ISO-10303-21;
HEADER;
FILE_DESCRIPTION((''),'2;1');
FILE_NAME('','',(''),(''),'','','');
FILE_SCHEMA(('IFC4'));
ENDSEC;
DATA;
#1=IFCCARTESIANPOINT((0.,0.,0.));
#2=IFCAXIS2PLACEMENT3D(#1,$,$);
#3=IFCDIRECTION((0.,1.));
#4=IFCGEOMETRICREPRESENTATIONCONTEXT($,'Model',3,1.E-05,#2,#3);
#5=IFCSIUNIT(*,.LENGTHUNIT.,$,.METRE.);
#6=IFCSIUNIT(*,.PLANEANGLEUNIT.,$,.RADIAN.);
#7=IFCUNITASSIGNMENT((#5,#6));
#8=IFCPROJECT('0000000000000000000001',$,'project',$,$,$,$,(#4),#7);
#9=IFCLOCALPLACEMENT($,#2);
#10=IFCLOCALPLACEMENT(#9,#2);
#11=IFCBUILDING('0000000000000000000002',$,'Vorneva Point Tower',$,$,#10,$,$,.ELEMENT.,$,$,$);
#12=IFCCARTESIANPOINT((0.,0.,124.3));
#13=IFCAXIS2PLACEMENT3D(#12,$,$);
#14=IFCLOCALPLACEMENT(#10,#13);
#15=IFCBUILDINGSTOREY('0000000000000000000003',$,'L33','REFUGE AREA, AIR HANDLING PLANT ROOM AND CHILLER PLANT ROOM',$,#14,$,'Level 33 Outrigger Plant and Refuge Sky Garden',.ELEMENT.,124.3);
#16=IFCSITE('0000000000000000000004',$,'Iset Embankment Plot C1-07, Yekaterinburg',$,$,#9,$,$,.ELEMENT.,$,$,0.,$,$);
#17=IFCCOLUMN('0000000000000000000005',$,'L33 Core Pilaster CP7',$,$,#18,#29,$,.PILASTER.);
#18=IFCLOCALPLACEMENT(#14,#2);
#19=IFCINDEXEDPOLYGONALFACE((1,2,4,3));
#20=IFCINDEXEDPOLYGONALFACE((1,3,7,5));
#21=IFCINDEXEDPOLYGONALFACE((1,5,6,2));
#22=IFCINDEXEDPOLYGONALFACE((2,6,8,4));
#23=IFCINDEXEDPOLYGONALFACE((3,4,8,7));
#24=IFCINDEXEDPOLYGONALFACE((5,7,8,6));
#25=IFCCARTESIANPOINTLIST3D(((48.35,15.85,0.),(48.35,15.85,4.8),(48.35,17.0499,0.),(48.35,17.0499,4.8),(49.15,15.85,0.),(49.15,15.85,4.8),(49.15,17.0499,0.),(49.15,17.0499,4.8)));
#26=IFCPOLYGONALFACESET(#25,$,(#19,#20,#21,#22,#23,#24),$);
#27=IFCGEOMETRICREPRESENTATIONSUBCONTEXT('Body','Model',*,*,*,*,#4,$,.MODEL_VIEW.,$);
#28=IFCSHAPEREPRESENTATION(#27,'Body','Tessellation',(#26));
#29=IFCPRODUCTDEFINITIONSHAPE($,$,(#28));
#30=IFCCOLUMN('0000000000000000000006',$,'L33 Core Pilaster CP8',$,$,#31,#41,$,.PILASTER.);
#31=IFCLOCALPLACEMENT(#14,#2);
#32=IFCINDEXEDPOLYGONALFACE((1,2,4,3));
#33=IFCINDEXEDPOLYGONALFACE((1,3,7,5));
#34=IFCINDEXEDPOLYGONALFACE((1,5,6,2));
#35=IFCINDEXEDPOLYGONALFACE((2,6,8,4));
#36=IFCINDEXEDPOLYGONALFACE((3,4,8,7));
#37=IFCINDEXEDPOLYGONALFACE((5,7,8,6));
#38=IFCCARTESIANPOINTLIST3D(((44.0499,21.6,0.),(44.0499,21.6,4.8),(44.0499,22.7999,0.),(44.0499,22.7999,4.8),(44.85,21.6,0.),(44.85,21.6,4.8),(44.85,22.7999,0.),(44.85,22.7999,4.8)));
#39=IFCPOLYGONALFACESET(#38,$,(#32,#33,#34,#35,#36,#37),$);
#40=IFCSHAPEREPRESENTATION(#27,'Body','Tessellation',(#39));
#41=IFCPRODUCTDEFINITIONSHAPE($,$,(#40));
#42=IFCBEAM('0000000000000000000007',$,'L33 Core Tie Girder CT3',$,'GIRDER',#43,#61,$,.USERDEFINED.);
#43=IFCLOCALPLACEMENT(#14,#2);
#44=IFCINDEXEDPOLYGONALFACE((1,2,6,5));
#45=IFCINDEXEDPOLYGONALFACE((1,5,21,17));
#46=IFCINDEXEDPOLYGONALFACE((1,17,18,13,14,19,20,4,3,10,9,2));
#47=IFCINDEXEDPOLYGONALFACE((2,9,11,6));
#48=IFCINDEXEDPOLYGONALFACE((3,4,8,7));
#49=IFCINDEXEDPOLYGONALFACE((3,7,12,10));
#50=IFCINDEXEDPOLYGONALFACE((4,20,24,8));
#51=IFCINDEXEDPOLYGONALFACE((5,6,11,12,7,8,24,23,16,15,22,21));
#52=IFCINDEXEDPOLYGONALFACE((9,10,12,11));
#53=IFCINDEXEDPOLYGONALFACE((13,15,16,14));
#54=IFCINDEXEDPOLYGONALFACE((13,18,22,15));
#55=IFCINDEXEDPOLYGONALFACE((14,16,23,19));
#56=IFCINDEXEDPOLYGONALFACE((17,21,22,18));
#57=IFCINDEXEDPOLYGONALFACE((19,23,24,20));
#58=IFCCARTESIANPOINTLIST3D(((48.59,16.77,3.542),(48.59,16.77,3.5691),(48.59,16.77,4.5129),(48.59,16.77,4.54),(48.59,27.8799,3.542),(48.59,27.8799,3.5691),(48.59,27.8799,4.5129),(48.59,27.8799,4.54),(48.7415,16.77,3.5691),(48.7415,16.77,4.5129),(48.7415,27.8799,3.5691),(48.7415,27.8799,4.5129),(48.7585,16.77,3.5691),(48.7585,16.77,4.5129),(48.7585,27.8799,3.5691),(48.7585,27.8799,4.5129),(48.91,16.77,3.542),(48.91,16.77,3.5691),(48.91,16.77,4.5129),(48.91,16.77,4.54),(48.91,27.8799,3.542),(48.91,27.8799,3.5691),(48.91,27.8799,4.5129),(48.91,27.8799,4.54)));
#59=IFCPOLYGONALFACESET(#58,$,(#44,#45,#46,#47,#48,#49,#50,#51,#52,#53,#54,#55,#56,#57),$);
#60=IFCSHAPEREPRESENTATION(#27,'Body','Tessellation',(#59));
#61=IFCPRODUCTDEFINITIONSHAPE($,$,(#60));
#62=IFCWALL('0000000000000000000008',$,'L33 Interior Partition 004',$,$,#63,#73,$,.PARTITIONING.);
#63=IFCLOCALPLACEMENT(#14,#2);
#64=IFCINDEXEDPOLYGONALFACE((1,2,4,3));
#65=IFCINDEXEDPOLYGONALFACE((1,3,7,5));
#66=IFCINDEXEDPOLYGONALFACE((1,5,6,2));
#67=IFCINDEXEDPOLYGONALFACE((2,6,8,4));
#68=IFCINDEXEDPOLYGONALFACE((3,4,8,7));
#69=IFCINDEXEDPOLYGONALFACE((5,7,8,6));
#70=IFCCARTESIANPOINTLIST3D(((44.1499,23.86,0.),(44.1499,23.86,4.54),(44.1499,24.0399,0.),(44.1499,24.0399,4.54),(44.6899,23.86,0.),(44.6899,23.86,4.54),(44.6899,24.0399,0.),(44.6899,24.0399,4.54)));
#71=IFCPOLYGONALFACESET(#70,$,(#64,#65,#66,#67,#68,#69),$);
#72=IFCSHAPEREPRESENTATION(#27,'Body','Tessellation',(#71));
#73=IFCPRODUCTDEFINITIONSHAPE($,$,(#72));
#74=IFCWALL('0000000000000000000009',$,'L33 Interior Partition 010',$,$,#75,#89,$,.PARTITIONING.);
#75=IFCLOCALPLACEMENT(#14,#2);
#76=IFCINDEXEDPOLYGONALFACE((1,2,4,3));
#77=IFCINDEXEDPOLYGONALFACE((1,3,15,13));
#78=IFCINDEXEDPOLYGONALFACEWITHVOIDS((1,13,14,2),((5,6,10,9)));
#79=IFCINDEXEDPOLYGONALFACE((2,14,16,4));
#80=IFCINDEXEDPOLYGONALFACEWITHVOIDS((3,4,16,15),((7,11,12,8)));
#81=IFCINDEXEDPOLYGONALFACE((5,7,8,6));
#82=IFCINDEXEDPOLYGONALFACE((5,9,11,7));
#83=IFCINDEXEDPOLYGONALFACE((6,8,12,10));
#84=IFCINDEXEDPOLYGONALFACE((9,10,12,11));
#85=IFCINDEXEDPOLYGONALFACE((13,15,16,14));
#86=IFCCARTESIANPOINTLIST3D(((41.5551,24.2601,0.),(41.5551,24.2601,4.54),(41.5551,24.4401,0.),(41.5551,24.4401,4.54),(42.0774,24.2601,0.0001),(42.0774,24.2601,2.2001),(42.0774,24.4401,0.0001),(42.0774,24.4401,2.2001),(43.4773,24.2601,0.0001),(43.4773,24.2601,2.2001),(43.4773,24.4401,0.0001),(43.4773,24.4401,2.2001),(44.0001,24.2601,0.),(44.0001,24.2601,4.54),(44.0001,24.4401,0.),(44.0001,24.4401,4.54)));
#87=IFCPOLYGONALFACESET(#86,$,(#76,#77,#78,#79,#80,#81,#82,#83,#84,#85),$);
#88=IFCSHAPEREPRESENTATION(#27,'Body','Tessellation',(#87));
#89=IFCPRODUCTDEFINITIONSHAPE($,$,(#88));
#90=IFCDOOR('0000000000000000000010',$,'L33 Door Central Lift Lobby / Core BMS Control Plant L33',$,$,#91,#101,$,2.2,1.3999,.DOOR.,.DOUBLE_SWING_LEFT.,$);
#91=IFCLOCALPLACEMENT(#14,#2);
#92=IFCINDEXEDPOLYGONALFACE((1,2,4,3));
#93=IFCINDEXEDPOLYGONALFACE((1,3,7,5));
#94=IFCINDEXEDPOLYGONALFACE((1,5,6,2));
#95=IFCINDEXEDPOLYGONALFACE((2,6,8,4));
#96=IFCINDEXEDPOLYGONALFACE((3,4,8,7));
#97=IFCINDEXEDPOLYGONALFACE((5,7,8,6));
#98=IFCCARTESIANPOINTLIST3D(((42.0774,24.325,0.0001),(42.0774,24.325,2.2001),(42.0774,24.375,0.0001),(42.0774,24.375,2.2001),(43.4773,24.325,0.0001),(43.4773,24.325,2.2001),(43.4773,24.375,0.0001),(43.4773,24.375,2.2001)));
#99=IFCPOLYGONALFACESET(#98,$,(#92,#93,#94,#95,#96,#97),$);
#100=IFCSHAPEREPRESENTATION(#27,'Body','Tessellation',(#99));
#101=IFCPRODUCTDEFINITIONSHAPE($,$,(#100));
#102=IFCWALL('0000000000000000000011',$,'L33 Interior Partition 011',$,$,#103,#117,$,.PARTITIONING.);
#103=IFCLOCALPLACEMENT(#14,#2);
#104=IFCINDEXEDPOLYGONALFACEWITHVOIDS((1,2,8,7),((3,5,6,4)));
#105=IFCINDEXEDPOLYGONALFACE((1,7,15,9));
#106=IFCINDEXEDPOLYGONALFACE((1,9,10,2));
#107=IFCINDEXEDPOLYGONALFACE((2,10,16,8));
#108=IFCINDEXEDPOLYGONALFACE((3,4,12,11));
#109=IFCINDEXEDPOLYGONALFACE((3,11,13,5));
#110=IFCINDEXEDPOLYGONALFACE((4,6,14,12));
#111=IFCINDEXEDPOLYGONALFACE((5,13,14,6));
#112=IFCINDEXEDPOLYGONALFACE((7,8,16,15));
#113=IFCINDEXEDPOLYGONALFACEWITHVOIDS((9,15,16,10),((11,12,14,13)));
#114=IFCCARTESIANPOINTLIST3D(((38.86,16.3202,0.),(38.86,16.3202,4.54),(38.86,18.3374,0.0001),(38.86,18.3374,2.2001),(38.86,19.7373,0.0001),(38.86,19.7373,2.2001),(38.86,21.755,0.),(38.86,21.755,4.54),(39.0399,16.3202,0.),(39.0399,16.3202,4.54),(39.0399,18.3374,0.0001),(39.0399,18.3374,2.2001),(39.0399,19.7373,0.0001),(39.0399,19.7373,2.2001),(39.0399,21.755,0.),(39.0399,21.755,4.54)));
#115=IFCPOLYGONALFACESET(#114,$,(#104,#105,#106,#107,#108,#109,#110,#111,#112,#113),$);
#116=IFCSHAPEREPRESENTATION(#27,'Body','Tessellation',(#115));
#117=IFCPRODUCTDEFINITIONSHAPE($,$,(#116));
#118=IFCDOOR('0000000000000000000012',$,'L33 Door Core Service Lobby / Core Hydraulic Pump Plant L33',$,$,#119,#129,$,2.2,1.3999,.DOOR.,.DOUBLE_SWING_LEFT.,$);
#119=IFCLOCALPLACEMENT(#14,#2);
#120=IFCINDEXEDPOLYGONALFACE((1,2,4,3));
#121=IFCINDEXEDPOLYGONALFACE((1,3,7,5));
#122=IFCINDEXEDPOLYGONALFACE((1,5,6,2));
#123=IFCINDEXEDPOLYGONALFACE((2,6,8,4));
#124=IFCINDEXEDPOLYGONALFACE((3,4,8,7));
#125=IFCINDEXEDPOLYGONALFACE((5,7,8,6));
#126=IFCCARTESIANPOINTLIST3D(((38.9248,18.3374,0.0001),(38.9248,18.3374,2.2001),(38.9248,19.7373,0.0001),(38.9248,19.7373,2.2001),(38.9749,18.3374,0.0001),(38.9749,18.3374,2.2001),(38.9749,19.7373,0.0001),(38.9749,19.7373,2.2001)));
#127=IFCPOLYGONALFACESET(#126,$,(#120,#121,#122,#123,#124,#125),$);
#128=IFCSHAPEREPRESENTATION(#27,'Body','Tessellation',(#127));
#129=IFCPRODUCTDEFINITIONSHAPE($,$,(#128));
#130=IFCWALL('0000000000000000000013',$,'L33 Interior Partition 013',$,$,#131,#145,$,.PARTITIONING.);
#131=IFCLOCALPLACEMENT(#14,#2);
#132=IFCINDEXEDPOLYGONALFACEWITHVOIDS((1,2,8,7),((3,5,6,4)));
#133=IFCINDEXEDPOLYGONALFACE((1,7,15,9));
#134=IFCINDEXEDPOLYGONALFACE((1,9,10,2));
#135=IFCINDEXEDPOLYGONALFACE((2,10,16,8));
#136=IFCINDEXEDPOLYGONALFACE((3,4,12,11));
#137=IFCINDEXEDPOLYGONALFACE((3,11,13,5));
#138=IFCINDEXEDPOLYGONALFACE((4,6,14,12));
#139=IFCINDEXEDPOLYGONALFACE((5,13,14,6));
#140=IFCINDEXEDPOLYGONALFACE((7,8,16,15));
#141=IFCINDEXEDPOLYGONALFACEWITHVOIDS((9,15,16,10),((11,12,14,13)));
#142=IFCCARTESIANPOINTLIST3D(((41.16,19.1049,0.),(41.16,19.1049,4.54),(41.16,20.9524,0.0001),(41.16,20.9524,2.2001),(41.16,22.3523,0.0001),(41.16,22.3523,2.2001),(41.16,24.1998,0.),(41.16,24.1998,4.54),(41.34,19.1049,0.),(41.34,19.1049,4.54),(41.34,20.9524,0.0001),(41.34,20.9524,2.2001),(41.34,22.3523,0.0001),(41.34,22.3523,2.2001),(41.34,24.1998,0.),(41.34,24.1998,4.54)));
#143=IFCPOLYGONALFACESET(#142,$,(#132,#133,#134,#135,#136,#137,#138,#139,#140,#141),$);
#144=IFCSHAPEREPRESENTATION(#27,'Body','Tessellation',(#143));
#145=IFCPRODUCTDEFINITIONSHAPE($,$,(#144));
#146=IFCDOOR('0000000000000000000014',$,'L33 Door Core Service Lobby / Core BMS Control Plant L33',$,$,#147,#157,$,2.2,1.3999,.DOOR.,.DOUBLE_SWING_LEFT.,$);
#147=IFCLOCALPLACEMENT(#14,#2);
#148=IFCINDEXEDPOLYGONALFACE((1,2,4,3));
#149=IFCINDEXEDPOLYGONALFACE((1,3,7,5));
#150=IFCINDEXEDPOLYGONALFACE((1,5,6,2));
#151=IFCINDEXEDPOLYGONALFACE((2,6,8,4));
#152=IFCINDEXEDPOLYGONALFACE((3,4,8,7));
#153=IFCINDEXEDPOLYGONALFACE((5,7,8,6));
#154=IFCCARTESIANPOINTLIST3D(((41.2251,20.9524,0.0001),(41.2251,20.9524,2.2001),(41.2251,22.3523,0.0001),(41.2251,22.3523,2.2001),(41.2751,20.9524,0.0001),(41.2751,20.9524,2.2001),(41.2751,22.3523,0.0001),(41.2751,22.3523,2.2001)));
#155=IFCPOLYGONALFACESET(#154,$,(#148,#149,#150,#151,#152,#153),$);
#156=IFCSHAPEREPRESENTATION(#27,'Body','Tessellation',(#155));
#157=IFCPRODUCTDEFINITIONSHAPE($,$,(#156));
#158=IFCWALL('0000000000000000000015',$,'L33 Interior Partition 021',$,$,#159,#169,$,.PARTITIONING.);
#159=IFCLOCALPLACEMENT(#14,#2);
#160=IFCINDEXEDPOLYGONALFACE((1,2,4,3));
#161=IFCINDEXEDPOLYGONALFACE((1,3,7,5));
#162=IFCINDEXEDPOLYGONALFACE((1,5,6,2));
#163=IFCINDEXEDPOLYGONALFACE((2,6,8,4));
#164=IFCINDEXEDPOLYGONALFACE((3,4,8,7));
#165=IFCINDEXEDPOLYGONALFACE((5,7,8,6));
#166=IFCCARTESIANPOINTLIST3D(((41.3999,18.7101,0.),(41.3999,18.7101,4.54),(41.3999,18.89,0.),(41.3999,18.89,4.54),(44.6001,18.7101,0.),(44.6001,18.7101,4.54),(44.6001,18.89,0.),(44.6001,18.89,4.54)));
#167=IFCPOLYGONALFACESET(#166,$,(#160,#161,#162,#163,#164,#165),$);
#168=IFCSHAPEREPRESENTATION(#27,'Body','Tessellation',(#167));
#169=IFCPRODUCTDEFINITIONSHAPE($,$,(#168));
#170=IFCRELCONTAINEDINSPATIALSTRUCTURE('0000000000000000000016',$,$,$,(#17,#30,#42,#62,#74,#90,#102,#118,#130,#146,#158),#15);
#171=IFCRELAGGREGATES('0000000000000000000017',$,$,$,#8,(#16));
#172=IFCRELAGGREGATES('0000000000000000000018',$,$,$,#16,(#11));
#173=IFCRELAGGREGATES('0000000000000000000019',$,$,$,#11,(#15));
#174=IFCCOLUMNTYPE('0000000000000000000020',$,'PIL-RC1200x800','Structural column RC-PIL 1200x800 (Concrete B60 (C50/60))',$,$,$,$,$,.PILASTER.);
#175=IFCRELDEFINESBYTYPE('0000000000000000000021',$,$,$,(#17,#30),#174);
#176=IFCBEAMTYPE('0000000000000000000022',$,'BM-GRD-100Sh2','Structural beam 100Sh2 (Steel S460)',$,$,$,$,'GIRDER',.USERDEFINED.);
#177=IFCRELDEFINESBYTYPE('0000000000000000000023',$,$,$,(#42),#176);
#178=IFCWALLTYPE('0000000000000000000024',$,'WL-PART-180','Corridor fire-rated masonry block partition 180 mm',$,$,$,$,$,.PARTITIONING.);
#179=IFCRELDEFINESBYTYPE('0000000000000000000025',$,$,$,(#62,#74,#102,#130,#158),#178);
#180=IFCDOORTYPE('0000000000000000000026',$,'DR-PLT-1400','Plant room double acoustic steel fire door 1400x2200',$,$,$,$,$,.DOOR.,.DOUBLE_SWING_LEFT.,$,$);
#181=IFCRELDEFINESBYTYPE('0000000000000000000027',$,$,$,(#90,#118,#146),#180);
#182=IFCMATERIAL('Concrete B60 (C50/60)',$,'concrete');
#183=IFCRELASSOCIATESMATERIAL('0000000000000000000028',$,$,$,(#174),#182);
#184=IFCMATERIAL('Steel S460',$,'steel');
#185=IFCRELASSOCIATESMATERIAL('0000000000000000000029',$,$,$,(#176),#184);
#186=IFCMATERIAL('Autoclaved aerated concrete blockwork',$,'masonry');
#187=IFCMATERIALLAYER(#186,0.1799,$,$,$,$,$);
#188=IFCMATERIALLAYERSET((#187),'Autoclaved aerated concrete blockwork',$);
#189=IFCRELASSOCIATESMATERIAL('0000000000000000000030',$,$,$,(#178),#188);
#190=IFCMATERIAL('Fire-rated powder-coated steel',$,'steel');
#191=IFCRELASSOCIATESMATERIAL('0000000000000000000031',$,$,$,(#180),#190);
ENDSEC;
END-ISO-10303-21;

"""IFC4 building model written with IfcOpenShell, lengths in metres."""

from ifc_helpers import new_model, si_unit, direction, frame, frame_2d, origin, origin_2d, place, context, subcontext, project, spatial, rectangle, i_section, extrude, material, layer, layer_set, material_profile, profile_set, type_object, element, fill, save


model = new_model("IFC4")

# Units and contexts
model_context = context("Model", 3, precision=1e-05, world=origin(), true_north=direction((0.0, 1.0)))
body_context = subcontext(model_context, "Body", "Model", "MODEL_VIEW")
ifc_project = project(units=[si_unit("LENGTHUNIT", "METRE"), si_unit("PLANEANGLEUNIT", "RADIAN")], contexts=[model_context])

# Site, building, storey
site_placement = place(None, origin())
site = spatial("IfcSite", under=ifc_project, at=site_placement, Name="Iset Embankment Plot C1-07, Yekaterinburg", CompositionType="ELEMENT", RefElevation=0.0)
building_placement = place(site_placement, origin())
building = spatial("IfcBuilding", under=site, at=building_placement, Name="Vorneva Point Tower", CompositionType="ELEMENT")
storey_placement = place(building_placement, frame((0.0, 0.0, 124.3)))
storey = spatial("IfcBuildingStorey", under=building, at=storey_placement, Name="L33", Description="REFUGE AREA, AIR HANDLING PLANT ROOM AND CHILLER PLANT ROOM", LongName="Level 33 Outrigger Plant and Refuge Sky Garden", CompositionType="ELEMENT", Elevation=124.3)

# Columns
ifc_material_1 = material(Name="Concrete B60 (C50/60)", Category="concrete")
ifc_material_profile_1 = material_profile(ifc_material_1, rectangle(XDim=0.8, YDim=1.2, at=origin_2d()), Name="RC-PIL 1200x800")
ifc_profile_set_1 = profile_set([ifc_material_profile_1], Name="Concrete B60 (C50/60)")
column_type = type_object("IfcColumnType", Name="PIL-RC1200x800", Description="Structural column RC-PIL 1200x800 (Concrete B60 (C50/60))", PredefinedType="PILASTER", material=ifc_profile_set_1)
for number, where, z_axis, x_axis, name in (
    (1, (48.75, 16.45, 0.0), (0.0, 0.0, 1.0), (1.0, 0.0, 0.0), "L33 Core Pilaster CP7"),
    (2, (44.45, 22.2, 0.0), (0.0, 0.0, 1.0), (1.0, 0.0, 0.0), "L33 Core Pilaster CP8"),
):
    element("IfcColumn", number, at=place(storey_placement, frame(where, z_axis=z_axis, x_axis=x_axis)), inside=storey, type_object=column_type, Name=name, PredefinedType="PILASTER", context=body_context, shape_type="SweptSolid", body=[
        extrude(rectangle(XDim=0.8, YDim=1.2, at=origin_2d()), origin(), (0.0, 0.0, 1.0), 4.8),
    ])

# Beam
ifc_material_2 = material(Name="Steel S460", Category="steel")
ifc_material_profile_2 = material_profile(ifc_material_2, i_section(OverallWidth=0.3201, OverallDepth=0.998, WebThickness=0.0171, FlangeThickness=0.0271, at=origin_2d()), Name="100Sh2")
ifc_profile_set_2 = profile_set([ifc_material_profile_2], Name="Steel S460")
beam_type = type_object("IfcBeamType", Name="BM-GRD-100Sh2", Description="Structural beam 100Sh2 (Steel S460)", ElementType="GIRDER", PredefinedType="USERDEFINED", material=ifc_profile_set_2)
beam_placement = place(storey_placement, frame((48.75, 16.77, 4.041), z_axis=(0.0, 1.0, 0.0), x_axis=(-1.0, 0.0, 0.0)))
element("IfcBeam", 3, at=beam_placement, inside=storey, type_object=beam_type, Name="L33 Core Tie Girder CT3", ObjectType="GIRDER", PredefinedType="USERDEFINED", context=body_context, shape_type="SweptSolid", body=[
    extrude(i_section(OverallWidth=0.3201, OverallDepth=0.998, WebThickness=0.0171, FlangeThickness=0.0271, at=origin_2d()), origin(), (0.0, 0.0, 1.0), 11.1099),
])

# Wall
ifc_material_3 = material(Name="Autoclaved aerated concrete blockwork", Category="masonry")
ifc_layer_1 = layer(ifc_material_3, 0.1799)
ifc_layer_set_1 = layer_set([ifc_layer_1], Name="Autoclaved aerated concrete blockwork")
wall_type_1 = type_object("IfcWallType", Name="WL-PART-180", Description="Corridor fire-rated masonry block partition 180 mm", PredefinedType="PARTITIONING", material=ifc_layer_set_1)
wall_1_placement = place(storey_placement, frame((44.1499, 23.95, 0.0), z_axis=(0.0, 0.0, 1.0), x_axis=(1.0, 0.0, 0.0)))
element("IfcWall", 4, at=wall_1_placement, inside=storey, type_object=wall_type_1, Name="L33 Interior Partition 004", PredefinedType="PARTITIONING", context=body_context, shape_type="SweptSolid", body=[
    extrude(rectangle(XDim=0.54, YDim=0.1799, at=frame_2d((0.27, 0.0))), origin(), (0.0, 0.0, 1.0), 4.54),
])

# Walls, openings, doors
ifc_material_4 = material(Name="Fire-rated powder-coated steel", Category="steel")
wall_2_placement = place(storey_placement, frame((41.5549, 24.3501, 0.0), z_axis=(0.0, 0.0, 1.0), x_axis=(1.0, 0.0, 0.0)))
wall_2 = element("IfcWall", 5, at=wall_2_placement, inside=storey, type_object=wall_type_1, Name="L33 Interior Partition 010", PredefinedType="PARTITIONING", context=body_context, shape_type="SweptSolid", body=[
    extrude(rectangle(XDim=2.4451, YDim=0.1799, at=frame_2d((1.2227, 0.0))), origin(), (0.0, 0.0, 1.0), 4.54),
])
opening_1_placement = place(wall_2_placement, frame((0.5225, 0.0, 0.0)))
opening_1 = element("IfcOpeningElement", 6, at=opening_1_placement, cuts=wall_2, PredefinedType="OPENING", context=body_context, shape_type="SweptSolid", body=[
    extrude(rectangle(XDim=1.3999, YDim=2.2, at=frame_2d((0.7, 1.1001))), frame((0.0, 0.105, 0.0), z_axis=(0.0, -1.0, 0.0), x_axis=(1.0, 0.0, 0.0)), (0.0, 0.0, 1.0), 0.2097),
])
door_type_1 = type_object("IfcDoorType", Name="DR-PLT-1400", Description="Plant room double acoustic steel fire door 1400x2200", OperationType="DOUBLE_SWING_LEFT", PredefinedType="DOOR", material=ifc_material_4)
door_1_placement = place(opening_1_placement, origin())
door_1 = element("IfcDoor", 7, at=door_1_placement, inside=storey, type_object=door_type_1, Name="L33 Door Central Lift Lobby / Core BMS Control Plant L33", OperationType="DOUBLE_SWING_LEFT", OverallHeight=2.2, OverallWidth=1.3999, PredefinedType="DOOR", context=body_context, shape_type="SweptSolid", body=[
    extrude(rectangle(XDim=1.3999, YDim=2.2, at=frame_2d((0.7, 1.1001))), frame((0.0, 0.0249, 0.0), z_axis=(0.0, -1.0, 0.0), x_axis=(1.0, 0.0, 0.0)), (0.0, 0.0, 1.0), 0.05),
])
fill(opening_1, door_1)
wall_3_placement = place(storey_placement, frame((38.95, 21.7549, 0.0), z_axis=(0.0, 0.0, 1.0), x_axis=(0.0, -1.0, 0.0)))
wall_3 = element("IfcWall", 8, at=wall_3_placement, inside=storey, type_object=wall_type_1, Name="L33 Interior Partition 011", PredefinedType="PARTITIONING", context=body_context, shape_type="SweptSolid", body=[
    extrude(rectangle(XDim=5.4348, YDim=0.1799, at=frame_2d((2.7173, 0.0))), origin(), (0.0, 0.0, 1.0), 4.54),
])
opening_2_placement = place(wall_3_placement, frame((2.0176, 0.0, 0.0)))
opening_2 = element("IfcOpeningElement", 9, at=opening_2_placement, cuts=wall_3, PredefinedType="OPENING", context=body_context, shape_type="SweptSolid", body=[
    extrude(rectangle(XDim=1.3999, YDim=2.2, at=frame_2d((0.7, 1.1001))), frame((0.0, 0.105, 0.0), z_axis=(0.0, -1.0, 0.0), x_axis=(1.0, 0.0, 0.0)), (0.0, 0.0, 1.0), 0.2097),
])
door_2_placement = place(opening_2_placement, origin())
door_2 = element("IfcDoor", 10, at=door_2_placement, inside=storey, type_object=door_type_1, Name="L33 Door Core Service Lobby / Core Hydraulic Pump Plant L33", OperationType="DOUBLE_SWING_LEFT", OverallHeight=2.2, OverallWidth=1.3999, PredefinedType="DOOR", context=body_context, shape_type="SweptSolid", body=[
    extrude(rectangle(XDim=1.3999, YDim=2.2, at=frame_2d((0.7, 1.1001))), frame((0.0, 0.0249, 0.0), z_axis=(0.0, -1.0, 0.0), x_axis=(1.0, 0.0, 0.0)), (0.0, 0.0, 1.0), 0.05),
])
fill(opening_2, door_2)
wall_4_placement = place(storey_placement, frame((41.25, 19.105, 0.0), z_axis=(0.0, 0.0, 1.0), x_axis=(0.0, 1.0, 0.0)))
wall_4 = element("IfcWall", 11, at=wall_4_placement, inside=storey, type_object=wall_type_1, Name="L33 Interior Partition 013", PredefinedType="PARTITIONING", context=body_context, shape_type="SweptSolid", body=[
    extrude(rectangle(XDim=5.095, YDim=0.1799, at=frame_2d((2.5474, 0.0))), origin(), (0.0, 0.0, 1.0), 4.54),
])
opening_3_placement = place(wall_4_placement, frame((1.8474, 0.0, 0.0)))
opening_3 = element("IfcOpeningElement", 12, at=opening_3_placement, cuts=wall_4, PredefinedType="OPENING", context=body_context, shape_type="SweptSolid", body=[
    extrude(rectangle(XDim=1.3999, YDim=2.2, at=frame_2d((0.7, 1.1001))), frame((0.0, 0.105, 0.0), z_axis=(0.0, -1.0, 0.0), x_axis=(1.0, 0.0, 0.0)), (0.0, 0.0, 1.0), 0.2097),
])
door_3_placement = place(opening_3_placement, origin())
door_3 = element("IfcDoor", 13, at=door_3_placement, inside=storey, type_object=door_type_1, Name="L33 Door Core Service Lobby / Core BMS Control Plant L33", OperationType="DOUBLE_SWING_LEFT", OverallHeight=2.2, OverallWidth=1.3999, PredefinedType="DOOR", context=body_context, shape_type="SweptSolid", body=[
    extrude(rectangle(XDim=1.3999, YDim=2.2, at=frame_2d((0.7, 1.1001))), frame((0.0, 0.0249, 0.0), z_axis=(0.0, -1.0, 0.0), x_axis=(1.0, 0.0, 0.0)), (0.0, 0.0, 1.0), 0.05),
])
fill(opening_3, door_3)

# Wall
wall_5_placement = place(storey_placement, frame((44.6001, 18.8, 0.0), z_axis=(0.0, 0.0, 1.0), x_axis=(-1.0, 0.0, 0.0)))
element("IfcWall", 14, at=wall_5_placement, inside=storey, type_object=wall_type_1, Name="L33 Interior Partition 021", PredefinedType="PARTITIONING", context=body_context, shape_type="SweptSolid", body=[
    extrude(rectangle(XDim=3.2002, YDim=0.1799, at=frame_2d((1.6001, 0.0))), origin(), (0.0, 0.0, 1.0), 4.54),
])

save(model, "model.ifc")
